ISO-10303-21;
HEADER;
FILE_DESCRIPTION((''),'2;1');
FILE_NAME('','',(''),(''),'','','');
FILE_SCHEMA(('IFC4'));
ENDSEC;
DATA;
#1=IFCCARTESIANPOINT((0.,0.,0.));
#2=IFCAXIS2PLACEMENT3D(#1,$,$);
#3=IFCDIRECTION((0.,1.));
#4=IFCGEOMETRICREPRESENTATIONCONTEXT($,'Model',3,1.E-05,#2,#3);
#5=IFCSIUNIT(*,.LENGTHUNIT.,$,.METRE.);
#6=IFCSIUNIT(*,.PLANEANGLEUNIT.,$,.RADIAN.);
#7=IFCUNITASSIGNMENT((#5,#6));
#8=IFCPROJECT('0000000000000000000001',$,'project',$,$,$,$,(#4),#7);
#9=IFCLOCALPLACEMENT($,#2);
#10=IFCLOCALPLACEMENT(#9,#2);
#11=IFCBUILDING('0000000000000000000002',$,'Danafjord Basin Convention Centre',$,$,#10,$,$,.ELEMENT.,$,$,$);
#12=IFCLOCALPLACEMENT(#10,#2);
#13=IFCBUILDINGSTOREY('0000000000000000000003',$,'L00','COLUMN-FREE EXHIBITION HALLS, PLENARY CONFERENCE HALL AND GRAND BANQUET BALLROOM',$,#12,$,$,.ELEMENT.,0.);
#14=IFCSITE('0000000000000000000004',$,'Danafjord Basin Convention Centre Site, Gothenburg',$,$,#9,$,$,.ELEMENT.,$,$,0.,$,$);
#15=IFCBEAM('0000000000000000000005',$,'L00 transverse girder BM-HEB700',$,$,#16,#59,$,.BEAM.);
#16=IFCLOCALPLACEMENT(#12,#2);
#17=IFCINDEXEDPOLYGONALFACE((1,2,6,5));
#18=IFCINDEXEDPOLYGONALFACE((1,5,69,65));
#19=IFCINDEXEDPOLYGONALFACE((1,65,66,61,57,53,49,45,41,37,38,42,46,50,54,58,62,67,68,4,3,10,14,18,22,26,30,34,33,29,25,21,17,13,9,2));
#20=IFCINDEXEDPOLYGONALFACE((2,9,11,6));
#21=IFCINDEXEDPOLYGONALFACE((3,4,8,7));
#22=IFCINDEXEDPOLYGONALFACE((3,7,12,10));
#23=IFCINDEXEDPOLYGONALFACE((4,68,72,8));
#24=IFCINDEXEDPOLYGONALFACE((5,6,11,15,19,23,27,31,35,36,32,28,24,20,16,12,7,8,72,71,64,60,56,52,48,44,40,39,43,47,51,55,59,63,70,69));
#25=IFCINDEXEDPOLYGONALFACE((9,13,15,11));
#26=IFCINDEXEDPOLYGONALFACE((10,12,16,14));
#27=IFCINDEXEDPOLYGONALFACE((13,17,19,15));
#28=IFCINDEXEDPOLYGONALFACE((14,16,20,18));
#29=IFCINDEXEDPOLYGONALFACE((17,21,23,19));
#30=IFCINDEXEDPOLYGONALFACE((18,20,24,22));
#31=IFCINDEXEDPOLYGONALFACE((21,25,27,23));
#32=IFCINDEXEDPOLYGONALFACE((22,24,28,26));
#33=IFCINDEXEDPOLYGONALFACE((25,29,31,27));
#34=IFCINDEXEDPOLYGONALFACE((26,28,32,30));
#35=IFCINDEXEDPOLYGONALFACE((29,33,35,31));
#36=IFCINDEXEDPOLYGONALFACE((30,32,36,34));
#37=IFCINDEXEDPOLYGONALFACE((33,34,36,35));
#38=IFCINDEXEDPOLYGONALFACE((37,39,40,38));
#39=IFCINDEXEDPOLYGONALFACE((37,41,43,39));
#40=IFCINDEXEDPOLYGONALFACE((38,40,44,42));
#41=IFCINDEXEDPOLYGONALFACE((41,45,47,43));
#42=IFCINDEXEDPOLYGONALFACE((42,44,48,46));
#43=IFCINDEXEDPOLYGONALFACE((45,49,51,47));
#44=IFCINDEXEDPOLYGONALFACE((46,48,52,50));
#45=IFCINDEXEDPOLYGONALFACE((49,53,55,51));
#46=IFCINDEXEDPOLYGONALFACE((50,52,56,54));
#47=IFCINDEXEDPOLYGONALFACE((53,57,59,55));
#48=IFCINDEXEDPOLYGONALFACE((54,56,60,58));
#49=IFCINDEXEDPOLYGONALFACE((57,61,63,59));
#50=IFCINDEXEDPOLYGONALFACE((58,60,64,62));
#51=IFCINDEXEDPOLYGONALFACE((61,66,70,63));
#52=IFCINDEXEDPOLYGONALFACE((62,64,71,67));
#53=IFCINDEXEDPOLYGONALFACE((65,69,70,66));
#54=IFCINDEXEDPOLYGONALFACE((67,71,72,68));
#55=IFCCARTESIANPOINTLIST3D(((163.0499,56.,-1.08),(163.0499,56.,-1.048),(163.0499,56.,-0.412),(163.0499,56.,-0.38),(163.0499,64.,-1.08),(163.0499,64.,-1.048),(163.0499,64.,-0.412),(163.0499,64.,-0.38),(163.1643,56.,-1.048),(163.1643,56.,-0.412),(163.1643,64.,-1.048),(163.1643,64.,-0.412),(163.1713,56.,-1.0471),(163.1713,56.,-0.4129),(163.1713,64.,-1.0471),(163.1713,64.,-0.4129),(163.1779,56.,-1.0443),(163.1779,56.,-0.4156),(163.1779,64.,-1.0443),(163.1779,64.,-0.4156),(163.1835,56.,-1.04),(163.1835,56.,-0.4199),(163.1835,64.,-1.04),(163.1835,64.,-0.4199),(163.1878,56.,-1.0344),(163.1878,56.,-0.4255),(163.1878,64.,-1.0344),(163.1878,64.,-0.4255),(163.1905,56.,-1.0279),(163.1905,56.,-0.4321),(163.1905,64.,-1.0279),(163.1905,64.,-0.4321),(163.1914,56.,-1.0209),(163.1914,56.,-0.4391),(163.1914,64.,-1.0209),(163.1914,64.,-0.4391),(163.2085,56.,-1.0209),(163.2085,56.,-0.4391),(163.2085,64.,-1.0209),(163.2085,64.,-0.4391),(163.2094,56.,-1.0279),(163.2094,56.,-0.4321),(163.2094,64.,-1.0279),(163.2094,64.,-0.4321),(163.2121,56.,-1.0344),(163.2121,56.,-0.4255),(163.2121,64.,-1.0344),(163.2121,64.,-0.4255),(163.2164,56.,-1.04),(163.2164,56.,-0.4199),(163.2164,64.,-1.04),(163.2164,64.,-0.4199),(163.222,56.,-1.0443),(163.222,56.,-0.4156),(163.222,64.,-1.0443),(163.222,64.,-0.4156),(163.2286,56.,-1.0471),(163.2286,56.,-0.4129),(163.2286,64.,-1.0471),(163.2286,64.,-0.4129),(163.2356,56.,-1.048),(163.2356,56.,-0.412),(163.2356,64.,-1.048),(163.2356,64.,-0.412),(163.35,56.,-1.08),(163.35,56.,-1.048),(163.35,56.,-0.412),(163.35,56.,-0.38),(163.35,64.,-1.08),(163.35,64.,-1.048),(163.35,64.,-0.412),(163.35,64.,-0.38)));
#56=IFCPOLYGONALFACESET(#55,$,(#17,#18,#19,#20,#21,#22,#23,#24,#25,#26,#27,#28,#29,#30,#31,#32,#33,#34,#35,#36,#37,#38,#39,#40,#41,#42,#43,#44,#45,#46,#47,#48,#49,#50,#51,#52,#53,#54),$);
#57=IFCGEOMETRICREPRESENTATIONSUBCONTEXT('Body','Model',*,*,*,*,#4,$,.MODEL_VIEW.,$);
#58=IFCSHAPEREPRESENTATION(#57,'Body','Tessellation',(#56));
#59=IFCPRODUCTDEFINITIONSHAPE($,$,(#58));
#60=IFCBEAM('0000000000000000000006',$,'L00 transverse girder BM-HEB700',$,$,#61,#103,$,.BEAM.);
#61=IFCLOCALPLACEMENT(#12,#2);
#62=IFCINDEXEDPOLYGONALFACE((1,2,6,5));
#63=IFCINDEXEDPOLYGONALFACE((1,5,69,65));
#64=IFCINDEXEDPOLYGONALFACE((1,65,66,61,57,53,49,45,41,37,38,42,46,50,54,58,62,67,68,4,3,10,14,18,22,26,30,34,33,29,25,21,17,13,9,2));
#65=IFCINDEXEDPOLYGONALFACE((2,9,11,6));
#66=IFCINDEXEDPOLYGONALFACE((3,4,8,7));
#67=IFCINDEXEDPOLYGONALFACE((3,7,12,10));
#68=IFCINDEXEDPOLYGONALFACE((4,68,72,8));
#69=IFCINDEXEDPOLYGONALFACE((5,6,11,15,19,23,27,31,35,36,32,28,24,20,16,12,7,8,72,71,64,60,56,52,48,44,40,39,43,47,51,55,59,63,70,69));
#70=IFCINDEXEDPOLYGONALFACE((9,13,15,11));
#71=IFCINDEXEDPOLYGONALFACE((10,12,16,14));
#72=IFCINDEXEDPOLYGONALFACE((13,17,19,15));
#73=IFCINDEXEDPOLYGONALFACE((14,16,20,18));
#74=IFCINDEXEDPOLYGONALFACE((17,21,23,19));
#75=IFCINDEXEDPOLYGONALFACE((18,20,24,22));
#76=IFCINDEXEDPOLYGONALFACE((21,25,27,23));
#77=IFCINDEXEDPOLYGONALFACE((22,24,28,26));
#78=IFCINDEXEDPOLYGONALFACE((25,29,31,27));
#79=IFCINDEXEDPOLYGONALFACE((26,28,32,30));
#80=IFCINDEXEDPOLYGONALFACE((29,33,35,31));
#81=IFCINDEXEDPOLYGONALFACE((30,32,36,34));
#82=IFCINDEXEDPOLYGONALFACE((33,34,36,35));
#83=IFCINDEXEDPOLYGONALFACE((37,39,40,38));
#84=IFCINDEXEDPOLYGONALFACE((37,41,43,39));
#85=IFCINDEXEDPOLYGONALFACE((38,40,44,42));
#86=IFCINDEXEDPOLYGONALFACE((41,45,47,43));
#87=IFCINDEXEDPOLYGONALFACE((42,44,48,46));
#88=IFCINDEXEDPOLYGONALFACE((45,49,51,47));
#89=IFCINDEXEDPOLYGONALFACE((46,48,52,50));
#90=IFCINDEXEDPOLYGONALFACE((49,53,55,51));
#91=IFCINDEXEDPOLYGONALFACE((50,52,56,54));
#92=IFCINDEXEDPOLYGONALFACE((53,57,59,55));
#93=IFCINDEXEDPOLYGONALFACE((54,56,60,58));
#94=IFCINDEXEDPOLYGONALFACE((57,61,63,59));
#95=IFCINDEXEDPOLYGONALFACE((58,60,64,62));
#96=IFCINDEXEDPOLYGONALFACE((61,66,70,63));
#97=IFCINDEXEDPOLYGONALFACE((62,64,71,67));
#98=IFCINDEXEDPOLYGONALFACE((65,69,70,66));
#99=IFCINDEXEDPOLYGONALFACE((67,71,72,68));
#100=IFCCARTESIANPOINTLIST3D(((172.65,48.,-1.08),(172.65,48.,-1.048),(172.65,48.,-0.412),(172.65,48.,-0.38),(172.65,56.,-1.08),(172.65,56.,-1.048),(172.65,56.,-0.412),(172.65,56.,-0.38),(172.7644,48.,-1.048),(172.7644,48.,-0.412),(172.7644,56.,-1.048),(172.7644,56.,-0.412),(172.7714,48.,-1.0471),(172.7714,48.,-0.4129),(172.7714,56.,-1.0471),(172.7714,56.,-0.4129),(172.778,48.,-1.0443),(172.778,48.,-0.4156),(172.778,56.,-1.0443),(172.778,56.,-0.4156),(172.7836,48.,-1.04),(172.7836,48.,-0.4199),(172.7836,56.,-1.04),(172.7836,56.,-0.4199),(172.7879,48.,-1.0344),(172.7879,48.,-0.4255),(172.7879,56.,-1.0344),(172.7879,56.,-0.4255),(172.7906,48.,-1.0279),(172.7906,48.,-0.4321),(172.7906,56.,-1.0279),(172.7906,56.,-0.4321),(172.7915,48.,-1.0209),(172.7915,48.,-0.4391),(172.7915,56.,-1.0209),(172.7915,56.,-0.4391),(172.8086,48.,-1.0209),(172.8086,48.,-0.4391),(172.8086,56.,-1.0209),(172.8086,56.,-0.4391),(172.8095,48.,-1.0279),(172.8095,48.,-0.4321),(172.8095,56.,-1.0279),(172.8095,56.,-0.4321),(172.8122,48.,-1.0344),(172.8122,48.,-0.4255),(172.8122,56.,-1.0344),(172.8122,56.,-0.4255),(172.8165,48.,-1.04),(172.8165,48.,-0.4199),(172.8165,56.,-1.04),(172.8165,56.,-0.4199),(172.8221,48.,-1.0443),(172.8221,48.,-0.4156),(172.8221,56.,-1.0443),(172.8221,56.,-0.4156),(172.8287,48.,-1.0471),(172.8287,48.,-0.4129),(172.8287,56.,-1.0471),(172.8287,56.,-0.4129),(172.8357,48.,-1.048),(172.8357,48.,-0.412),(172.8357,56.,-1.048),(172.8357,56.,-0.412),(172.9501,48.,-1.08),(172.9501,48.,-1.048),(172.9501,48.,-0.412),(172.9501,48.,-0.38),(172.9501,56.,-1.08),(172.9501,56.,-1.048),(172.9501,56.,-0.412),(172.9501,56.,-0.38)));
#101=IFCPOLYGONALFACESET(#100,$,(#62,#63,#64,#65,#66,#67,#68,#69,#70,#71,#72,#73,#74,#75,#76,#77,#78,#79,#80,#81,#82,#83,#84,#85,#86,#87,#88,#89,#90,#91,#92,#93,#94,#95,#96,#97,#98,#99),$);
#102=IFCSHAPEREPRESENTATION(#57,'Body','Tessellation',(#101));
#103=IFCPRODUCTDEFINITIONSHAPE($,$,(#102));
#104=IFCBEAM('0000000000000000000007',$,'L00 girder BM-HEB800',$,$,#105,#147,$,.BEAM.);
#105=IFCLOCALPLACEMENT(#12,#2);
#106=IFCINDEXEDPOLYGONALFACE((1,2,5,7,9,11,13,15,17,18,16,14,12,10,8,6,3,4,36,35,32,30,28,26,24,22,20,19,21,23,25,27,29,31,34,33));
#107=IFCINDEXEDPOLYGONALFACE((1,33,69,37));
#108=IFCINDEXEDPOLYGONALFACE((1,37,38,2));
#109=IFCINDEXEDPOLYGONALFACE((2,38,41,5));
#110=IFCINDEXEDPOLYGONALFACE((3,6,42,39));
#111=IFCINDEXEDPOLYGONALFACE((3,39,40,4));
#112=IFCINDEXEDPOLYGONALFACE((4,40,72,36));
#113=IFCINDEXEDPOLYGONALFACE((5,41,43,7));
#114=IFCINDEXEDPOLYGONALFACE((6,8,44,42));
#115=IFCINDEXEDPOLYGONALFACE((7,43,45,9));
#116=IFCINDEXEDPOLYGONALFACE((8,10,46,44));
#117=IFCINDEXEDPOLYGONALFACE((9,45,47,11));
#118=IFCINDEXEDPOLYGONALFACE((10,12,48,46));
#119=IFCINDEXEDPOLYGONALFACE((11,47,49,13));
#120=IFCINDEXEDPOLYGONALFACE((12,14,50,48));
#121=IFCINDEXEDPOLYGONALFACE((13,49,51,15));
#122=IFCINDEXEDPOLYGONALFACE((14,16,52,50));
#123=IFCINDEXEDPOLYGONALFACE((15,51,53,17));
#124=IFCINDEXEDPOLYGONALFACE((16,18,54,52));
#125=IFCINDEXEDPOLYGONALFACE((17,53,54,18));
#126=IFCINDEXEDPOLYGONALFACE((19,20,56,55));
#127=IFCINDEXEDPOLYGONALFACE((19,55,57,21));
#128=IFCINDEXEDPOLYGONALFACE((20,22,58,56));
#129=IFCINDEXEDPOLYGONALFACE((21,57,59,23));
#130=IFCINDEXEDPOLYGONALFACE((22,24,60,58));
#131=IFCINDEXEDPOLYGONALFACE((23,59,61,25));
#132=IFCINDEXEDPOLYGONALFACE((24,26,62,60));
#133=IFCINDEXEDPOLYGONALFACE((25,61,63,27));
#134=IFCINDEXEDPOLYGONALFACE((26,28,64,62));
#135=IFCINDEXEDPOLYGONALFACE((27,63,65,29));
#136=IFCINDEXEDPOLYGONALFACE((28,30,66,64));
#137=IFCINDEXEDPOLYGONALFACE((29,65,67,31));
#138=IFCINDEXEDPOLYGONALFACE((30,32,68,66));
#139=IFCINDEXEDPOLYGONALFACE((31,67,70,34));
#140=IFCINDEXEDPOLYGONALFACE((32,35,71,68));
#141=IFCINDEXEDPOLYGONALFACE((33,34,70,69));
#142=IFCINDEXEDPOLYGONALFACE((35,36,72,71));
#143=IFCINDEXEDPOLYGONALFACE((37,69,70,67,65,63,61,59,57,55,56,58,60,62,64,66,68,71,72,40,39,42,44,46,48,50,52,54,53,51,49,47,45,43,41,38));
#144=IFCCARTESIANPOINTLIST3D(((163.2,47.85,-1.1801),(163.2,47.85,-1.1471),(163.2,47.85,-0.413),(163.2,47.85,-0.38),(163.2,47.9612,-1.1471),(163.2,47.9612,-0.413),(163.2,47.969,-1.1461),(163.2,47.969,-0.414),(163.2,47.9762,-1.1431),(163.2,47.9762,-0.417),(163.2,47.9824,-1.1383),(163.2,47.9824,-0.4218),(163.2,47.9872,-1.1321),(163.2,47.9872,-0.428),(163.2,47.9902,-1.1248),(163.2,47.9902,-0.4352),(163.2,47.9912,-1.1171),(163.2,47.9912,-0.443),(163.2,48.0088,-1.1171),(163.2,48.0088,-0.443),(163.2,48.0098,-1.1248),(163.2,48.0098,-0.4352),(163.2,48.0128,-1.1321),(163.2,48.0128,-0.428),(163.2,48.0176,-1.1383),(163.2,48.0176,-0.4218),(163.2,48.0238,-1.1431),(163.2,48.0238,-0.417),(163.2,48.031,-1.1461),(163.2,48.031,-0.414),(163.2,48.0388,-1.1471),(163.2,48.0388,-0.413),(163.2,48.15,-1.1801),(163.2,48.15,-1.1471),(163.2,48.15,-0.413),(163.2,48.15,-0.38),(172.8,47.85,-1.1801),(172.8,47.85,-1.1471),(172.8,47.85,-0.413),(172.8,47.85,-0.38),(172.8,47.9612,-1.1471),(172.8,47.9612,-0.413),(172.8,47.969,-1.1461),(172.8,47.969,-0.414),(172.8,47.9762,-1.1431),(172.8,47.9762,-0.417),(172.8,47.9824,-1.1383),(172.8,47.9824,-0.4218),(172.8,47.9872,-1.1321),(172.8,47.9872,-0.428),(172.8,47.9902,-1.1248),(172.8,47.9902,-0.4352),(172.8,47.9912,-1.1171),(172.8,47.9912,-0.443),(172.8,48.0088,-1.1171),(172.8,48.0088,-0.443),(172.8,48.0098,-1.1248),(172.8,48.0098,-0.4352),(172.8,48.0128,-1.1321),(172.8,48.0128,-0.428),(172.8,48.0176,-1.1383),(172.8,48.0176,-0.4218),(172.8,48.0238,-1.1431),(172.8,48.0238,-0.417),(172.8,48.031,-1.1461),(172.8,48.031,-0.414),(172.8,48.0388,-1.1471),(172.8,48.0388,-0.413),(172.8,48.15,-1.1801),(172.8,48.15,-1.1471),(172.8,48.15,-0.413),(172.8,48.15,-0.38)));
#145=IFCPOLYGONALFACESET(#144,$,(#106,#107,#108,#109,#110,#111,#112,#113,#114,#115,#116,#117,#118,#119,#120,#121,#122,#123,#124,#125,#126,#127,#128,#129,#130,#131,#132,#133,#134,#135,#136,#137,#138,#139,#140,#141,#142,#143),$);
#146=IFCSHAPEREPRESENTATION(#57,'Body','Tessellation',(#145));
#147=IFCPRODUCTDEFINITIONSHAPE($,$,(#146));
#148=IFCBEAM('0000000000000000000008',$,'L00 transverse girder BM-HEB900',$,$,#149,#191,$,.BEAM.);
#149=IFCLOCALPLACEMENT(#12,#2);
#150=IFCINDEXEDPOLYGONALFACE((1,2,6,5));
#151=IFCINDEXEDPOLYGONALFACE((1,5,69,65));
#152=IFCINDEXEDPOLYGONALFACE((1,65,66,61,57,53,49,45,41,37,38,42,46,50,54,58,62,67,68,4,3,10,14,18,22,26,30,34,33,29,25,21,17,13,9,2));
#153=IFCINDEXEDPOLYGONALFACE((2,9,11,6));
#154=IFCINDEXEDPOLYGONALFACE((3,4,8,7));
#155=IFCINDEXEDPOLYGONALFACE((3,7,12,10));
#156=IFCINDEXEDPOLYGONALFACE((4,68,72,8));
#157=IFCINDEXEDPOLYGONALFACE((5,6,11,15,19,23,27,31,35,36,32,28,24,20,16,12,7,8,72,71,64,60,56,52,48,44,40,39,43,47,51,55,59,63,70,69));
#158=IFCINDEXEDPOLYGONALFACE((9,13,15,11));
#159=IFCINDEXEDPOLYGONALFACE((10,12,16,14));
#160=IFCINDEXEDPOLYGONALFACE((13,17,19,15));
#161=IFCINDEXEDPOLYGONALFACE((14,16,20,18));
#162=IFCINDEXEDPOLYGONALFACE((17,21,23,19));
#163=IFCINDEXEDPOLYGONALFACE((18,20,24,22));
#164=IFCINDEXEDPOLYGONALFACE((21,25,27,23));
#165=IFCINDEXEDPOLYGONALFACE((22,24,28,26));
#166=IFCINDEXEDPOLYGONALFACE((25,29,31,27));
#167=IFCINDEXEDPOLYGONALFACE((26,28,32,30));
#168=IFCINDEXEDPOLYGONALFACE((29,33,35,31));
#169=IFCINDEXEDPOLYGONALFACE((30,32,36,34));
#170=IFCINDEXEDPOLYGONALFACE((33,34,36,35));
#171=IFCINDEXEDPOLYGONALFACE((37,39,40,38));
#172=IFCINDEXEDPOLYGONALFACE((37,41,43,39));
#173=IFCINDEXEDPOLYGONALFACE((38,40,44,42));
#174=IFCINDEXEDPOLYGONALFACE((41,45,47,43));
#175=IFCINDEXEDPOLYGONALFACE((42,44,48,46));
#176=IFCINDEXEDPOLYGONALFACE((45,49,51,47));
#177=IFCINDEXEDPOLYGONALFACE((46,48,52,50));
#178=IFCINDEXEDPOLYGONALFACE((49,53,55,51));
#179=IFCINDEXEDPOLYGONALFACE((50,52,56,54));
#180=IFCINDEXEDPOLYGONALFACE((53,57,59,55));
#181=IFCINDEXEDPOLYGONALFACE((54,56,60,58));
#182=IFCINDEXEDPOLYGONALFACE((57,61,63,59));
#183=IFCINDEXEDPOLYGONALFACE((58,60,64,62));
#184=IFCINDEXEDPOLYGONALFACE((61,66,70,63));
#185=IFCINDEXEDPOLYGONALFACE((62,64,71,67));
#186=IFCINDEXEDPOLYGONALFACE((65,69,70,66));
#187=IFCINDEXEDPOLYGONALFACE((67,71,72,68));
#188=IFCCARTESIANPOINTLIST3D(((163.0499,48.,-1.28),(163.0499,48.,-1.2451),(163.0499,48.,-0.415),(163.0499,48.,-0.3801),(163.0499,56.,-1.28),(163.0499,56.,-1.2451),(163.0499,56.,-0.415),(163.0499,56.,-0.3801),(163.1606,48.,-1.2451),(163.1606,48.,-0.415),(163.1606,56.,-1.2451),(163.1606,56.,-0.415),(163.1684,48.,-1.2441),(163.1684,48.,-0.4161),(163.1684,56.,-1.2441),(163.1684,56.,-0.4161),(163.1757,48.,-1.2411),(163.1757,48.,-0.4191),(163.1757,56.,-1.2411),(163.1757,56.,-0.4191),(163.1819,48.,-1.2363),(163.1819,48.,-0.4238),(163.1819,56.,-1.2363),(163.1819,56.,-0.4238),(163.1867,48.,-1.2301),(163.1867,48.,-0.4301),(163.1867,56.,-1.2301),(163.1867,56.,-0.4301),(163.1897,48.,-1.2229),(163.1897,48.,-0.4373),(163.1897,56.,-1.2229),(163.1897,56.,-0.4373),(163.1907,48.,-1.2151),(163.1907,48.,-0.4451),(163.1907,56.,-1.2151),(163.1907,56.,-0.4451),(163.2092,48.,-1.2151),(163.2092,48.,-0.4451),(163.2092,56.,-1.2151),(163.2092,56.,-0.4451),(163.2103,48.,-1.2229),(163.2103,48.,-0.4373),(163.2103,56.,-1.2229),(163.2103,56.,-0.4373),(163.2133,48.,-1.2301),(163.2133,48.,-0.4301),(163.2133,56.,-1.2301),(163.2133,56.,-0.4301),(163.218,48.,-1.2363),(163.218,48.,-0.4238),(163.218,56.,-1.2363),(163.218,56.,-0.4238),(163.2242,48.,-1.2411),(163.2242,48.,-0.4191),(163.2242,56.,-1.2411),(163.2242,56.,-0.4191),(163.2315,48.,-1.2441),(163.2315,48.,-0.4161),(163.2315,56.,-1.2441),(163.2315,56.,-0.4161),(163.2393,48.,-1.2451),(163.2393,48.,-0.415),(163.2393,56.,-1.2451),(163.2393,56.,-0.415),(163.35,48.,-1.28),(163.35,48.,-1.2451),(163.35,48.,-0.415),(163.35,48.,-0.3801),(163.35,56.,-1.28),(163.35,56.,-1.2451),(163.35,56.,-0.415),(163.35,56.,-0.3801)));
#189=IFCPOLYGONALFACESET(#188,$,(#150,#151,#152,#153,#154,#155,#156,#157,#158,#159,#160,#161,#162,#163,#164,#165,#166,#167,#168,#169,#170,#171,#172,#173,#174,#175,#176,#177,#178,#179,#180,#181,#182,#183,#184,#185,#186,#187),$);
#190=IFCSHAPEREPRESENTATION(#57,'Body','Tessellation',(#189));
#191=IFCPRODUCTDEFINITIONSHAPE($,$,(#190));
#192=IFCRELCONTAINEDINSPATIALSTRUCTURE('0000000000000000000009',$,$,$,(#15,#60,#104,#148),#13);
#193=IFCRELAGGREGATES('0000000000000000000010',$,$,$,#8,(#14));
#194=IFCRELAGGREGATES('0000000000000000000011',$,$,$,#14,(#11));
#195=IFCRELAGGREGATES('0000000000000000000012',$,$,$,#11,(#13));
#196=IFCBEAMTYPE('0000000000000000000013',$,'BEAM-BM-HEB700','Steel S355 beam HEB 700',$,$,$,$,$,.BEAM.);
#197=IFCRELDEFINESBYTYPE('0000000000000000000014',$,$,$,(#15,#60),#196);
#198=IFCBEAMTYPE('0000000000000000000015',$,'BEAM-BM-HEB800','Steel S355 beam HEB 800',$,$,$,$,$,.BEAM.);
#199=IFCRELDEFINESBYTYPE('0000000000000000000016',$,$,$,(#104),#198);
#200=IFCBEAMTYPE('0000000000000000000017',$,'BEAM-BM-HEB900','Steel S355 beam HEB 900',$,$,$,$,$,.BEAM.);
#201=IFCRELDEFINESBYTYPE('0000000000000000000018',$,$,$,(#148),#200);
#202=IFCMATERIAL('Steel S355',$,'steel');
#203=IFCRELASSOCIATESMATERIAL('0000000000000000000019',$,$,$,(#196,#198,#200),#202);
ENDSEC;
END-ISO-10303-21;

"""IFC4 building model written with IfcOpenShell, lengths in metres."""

from ifc_helpers import new_model, si_unit, direction, frame, origin, origin_2d, place, context, subcontext, project, spatial, i_section, extrude, material, material_profile, profile_set, type_object, element, save


model = new_model("IFC4")

# Units and contexts
model_context = context("Model", 3, precision=1e-05, world=origin(), true_north=direction((0.0, 1.0)))
body_context = subcontext(model_context, "Body", "Model", "MODEL_VIEW")
ifc_project = project(units=[si_unit("LENGTHUNIT", "METRE"), si_unit("PLANEANGLEUNIT", "RADIAN")], contexts=[model_context])

# Site, building, storey
site_placement = place(None, origin())
site = spatial("IfcSite", under=ifc_project, at=site_placement, Name="Danafjord Basin Convention Centre Site, Gothenburg", CompositionType="ELEMENT", RefElevation=0.0)
building_placement = place(site_placement, origin())
building = spatial("IfcBuilding", under=site, at=building_placement, Name="Danafjord Basin Convention Centre", CompositionType="ELEMENT")
storey_placement = place(building_placement, origin())
storey = spatial("IfcBuildingStorey", under=building, at=storey_placement, Name="L00", Description="COLUMN-FREE EXHIBITION HALLS, PLENARY CONFERENCE HALL AND GRAND BANQUET BALLROOM", CompositionType="ELEMENT", Elevation=0.0)

# Beams
ifc_material_1 = material(Name="Steel S355", Category="steel")
ifc_material_profile_1 = material_profile(ifc_material_1, i_section(OverallWidth=0.3, OverallDepth=0.7, WebThickness=0.0171, FlangeThickness=0.032, FilletRadius=0.0271, at=origin_2d()), Name="HEB 700")
ifc_profile_set_1 = profile_set([ifc_material_profile_1], Name="Steel S355")
beam_type_1 = type_object("IfcBeamType", Name="BEAM-BM-HEB700", Description="Steel S355 beam HEB 700", PredefinedType="BEAM", material=ifc_profile_set_1)
for number, where, z_axis, x_axis, name in (
    (1, (163.2, 56.0, -0.73), (0.0, 1.0, 0.0), (-1.0, 0.0, 0.0), "L00 transverse girder BM-HEB700"),
    (2, (172.8, 48.0, -0.73), (0.0, 1.0, 0.0), (-1.0, 0.0, 0.0), "L00 transverse girder BM-HEB700"),
):
    element("IfcBeam", number, at=place(storey_placement, frame(where, z_axis=z_axis, x_axis=x_axis)), inside=storey, type_object=beam_type_1, Name=name, PredefinedType="BEAM", context=body_context, shape_type="SweptSolid", body=[
        extrude(i_section(OverallWidth=0.3, OverallDepth=0.7, WebThickness=0.0171, FlangeThickness=0.032, FilletRadius=0.0271, at=origin_2d()), origin(), (0.0, 0.0, 1.0), 8.0),
    ])
ifc_material_profile_2 = material_profile(ifc_material_1, i_section(OverallWidth=0.3, OverallDepth=0.8, WebThickness=0.0176, FlangeThickness=0.033, FilletRadius=0.03, at=origin_2d()), Name="HEB 800")
ifc_profile_set_2 = profile_set([ifc_material_profile_2], Name="Steel S355")
beam_type_2 = type_object("IfcBeamType", Name="BEAM-BM-HEB800", Description="Steel S355 beam HEB 800", PredefinedType="BEAM", material=ifc_profile_set_2)
beam_1_placement = place(storey_placement, frame((163.2, 48.0, -0.78), z_axis=(1.0, 0.0, 0.0), x_axis=(0.0, 1.0, 0.0)))
element("IfcBeam", 3, at=beam_1_placement, inside=storey, type_object=beam_type_2, Name="L00 girder BM-HEB800", PredefinedType="BEAM", context=body_context, shape_type="SweptSolid", body=[
    extrude(i_section(OverallWidth=0.3, OverallDepth=0.8, WebThickness=0.0176, FlangeThickness=0.033, FilletRadius=0.03, at=origin_2d()), origin(), (0.0, 0.0, 1.0), 9.6001),
])
ifc_material_profile_3 = material_profile(ifc_material_1, i_section(OverallWidth=0.3, OverallDepth=0.8999, WebThickness=0.0186, FlangeThickness=0.0349, FilletRadius=0.03, at=origin_2d()), Name="HEB 900")
ifc_profile_set_3 = profile_set([ifc_material_profile_3], Name="Steel S355")
beam_type_3 = type_object("IfcBeamType", Name="BEAM-BM-HEB900", Description="Steel S355 beam HEB 900", PredefinedType="BEAM", material=ifc_profile_set_3)
beam_2_placement = place(storey_placement, frame((163.2, 48.0, -0.8301), z_axis=(0.0, 1.0, 0.0), x_axis=(-1.0, 0.0, 0.0)))
element("IfcBeam", 4, at=beam_2_placement, inside=storey, type_object=beam_type_3, Name="L00 transverse girder BM-HEB900", PredefinedType="BEAM", context=body_context, shape_type="SweptSolid", body=[
    extrude(i_section(OverallWidth=0.3, OverallDepth=0.8999, WebThickness=0.0186, FlangeThickness=0.0349, FilletRadius=0.03, at=origin_2d()), origin(), (0.0, 0.0, 1.0), 8.0),
])

save(model, "model.ifc")
